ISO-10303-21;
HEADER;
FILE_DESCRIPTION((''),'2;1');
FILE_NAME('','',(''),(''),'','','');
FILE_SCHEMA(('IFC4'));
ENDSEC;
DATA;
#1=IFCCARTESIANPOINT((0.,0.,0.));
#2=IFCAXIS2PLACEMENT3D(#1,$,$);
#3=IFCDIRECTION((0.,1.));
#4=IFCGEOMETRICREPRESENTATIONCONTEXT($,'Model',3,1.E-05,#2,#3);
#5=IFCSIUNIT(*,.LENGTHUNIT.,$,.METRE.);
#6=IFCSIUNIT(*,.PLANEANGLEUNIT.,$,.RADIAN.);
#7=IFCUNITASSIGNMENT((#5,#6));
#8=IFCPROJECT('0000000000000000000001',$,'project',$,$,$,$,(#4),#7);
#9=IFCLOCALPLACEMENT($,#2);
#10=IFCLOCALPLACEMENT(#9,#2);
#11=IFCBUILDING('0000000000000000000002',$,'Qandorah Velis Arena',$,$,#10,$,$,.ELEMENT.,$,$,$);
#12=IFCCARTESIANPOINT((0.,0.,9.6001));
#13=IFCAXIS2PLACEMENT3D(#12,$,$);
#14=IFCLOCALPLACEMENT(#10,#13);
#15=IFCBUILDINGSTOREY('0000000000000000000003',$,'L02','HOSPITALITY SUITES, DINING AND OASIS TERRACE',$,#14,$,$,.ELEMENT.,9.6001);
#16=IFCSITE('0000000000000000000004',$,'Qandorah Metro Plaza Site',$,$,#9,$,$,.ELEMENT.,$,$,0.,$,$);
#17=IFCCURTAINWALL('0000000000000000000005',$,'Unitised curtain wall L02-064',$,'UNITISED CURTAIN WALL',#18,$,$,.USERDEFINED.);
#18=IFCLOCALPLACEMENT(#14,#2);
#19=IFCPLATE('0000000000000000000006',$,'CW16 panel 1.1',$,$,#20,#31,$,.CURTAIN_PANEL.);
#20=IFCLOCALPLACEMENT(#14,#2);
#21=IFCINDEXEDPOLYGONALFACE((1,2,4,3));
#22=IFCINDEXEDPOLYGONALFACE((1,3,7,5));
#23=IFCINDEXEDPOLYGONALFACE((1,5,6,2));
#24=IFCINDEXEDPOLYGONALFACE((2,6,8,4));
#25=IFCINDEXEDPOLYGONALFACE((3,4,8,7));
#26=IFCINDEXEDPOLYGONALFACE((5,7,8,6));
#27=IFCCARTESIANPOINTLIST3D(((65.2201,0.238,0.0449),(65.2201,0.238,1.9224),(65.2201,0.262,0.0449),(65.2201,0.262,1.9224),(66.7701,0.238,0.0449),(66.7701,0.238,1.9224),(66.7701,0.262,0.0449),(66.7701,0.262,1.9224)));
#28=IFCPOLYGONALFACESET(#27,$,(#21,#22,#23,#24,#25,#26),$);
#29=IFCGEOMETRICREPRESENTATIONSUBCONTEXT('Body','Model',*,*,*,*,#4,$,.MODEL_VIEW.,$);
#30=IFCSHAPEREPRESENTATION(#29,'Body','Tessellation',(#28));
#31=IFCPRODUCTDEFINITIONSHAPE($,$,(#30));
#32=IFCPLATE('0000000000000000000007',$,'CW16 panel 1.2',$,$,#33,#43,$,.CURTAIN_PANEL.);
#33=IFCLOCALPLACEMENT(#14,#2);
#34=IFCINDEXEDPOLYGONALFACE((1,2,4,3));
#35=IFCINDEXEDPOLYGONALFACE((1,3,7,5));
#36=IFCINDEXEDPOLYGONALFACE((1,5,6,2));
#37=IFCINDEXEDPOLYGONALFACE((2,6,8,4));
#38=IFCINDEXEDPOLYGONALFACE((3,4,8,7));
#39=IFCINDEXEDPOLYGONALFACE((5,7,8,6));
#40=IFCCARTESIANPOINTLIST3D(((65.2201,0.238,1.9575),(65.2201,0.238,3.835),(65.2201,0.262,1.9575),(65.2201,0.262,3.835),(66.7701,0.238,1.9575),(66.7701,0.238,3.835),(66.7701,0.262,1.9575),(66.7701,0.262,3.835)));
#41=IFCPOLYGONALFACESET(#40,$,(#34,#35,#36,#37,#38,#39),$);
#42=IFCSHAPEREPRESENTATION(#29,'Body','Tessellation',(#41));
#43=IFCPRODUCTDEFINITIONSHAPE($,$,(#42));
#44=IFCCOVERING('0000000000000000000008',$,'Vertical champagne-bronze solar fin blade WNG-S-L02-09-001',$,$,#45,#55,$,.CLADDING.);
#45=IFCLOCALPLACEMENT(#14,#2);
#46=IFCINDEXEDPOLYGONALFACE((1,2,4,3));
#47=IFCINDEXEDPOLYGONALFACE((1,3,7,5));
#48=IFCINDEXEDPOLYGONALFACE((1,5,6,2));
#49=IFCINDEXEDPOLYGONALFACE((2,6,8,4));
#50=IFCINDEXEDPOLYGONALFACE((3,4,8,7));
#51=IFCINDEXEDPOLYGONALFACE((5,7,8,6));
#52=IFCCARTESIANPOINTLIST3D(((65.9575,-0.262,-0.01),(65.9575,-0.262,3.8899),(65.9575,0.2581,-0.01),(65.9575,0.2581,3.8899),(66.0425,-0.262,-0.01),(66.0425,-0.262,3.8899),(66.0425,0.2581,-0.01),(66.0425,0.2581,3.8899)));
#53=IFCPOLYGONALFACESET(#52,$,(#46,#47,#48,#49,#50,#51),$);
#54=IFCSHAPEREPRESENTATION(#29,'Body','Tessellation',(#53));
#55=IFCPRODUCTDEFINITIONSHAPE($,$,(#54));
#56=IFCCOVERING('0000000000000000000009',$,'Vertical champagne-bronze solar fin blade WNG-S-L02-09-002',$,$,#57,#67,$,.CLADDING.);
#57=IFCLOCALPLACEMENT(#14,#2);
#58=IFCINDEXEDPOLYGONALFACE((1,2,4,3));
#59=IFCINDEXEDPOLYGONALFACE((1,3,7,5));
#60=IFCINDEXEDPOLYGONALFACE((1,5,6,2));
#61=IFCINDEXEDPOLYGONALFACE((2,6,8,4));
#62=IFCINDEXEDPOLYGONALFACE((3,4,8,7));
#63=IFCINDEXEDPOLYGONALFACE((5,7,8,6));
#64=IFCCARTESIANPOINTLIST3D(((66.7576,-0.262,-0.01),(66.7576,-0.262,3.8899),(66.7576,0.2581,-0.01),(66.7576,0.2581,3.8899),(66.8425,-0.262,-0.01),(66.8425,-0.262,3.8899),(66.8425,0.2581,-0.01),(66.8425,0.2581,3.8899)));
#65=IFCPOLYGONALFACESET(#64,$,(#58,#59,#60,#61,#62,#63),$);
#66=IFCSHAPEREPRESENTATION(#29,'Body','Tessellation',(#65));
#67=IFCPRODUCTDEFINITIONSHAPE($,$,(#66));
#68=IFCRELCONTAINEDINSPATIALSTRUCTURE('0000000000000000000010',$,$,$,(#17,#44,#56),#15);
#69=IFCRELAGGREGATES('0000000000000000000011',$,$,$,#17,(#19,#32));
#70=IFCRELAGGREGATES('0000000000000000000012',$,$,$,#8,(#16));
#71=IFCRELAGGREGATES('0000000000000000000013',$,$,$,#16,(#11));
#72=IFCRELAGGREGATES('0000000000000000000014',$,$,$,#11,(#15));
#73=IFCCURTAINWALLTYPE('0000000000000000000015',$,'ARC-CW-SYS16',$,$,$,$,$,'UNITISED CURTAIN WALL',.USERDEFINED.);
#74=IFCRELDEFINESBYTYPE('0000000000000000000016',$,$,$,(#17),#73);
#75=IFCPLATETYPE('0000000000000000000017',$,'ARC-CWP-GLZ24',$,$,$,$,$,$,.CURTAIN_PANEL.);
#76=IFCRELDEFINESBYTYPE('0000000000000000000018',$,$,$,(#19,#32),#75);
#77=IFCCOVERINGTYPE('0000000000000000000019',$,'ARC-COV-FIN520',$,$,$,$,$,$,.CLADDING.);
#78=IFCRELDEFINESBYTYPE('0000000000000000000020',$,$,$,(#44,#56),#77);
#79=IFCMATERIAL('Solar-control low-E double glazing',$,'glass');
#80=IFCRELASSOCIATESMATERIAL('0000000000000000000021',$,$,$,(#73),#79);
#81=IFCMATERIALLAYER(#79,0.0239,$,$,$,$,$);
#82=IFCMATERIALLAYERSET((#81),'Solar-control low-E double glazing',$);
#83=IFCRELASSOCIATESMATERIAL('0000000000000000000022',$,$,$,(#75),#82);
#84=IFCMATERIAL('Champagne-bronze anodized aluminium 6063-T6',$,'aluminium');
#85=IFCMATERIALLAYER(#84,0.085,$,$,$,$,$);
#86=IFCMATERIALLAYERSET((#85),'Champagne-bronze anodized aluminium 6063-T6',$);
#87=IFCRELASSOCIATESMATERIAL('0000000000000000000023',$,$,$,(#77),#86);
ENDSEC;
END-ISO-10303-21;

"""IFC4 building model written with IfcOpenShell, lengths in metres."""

from ifc_helpers import new_model, si_unit, direction, frame, origin, origin_2d, place, context, subcontext, project, spatial, rectangle, extrude, material, layer, layer_set, type_object, element, aggregate, save


model = new_model("IFC4")

# Units and contexts
model_context = context("Model", 3, precision=1e-05, world=origin(), true_north=direction((0.0, 1.0)))
body_context = subcontext(model_context, "Body", "Model", "MODEL_VIEW")
ifc_project = project(units=[si_unit("LENGTHUNIT", "METRE"), si_unit("PLANEANGLEUNIT", "RADIAN")], contexts=[model_context])

# Site, building, storey
site_placement = place(None, origin())
site = spatial("IfcSite", under=ifc_project, at=site_placement, Name="Qandorah Metro Plaza Site", CompositionType="ELEMENT", RefElevation=0.0)
building_placement = place(site_placement, origin())
building = spatial("IfcBuilding", under=site, at=building_placement, Name="Qandorah Velis Arena", CompositionType="ELEMENT")
storey_placement = place(building_placement, frame((0.0, 0.0, 9.6001)))
storey = spatial("IfcBuildingStorey", under=building, at=storey_placement, Name="L02", Description="HOSPITALITY SUITES, DINING AND OASIS TERRACE", CompositionType="ELEMENT", Elevation=9.6001)

# Curtain wall
ifc_material_1 = material(Name="Solar-control low-E double glazing", Category="glass")
curtain_wall_type = type_object("IfcCurtainWallType", Name="ARC-CW-SYS16", ElementType="UNITISED CURTAIN WALL", PredefinedType="USERDEFINED", material=ifc_material_1)
curtain_wall_placement = place(storey_placement, origin())
curtain_wall = element("IfcCurtainWall", 1, at=curtain_wall_placement, inside=storey, type_object=curtain_wall_type, Name="Unitised curtain wall L02-064", ObjectType="UNITISED CURTAIN WALL", PredefinedType="USERDEFINED")
ifc_material_2 = material(Name="Champagne-bronze anodized aluminium 6063-T6", Category="aluminium")

# Plates
ifc_layer_1 = layer(ifc_material_1, 0.0239)
ifc_layer_set_1 = layer_set([ifc_layer_1], Name="Solar-control low-E double glazing")
plate_type = type_object("IfcPlateType", Name="ARC-CWP-GLZ24", PredefinedType="CURTAIN_PANEL", material=ifc_layer_set_1)
plate_1_placement = place(storey_placement, frame((65.9951, 0.25, 0.0449), z_axis=(0.0, 0.0, 1.0), x_axis=(1.0, 0.0, 0.0)))
plate_1 = element("IfcPlate", 2, at=plate_1_placement, type_object=plate_type, Name="CW16 panel 1.1", PredefinedType="CURTAIN_PANEL", context=body_context, shape_type="SweptSolid", body=[
    extrude(rectangle(XDim=1.55, YDim=0.0239, at=origin_2d()), origin(), (0.0, 0.0, 1.0), 1.8774),
])
plate_2_placement = place(storey_placement, frame((65.9951, 0.25, 1.9575), z_axis=(0.0, 0.0, 1.0), x_axis=(1.0, 0.0, 0.0)))
plate_2 = element("IfcPlate", 3, at=plate_2_placement, type_object=plate_type, Name="CW16 panel 1.2", PredefinedType="CURTAIN_PANEL", context=body_context, shape_type="SweptSolid", body=[
    extrude(rectangle(XDim=1.55, YDim=0.0239, at=origin_2d()), origin(), (0.0, 0.0, 1.0), 1.8774),
])
aggregate(curtain_wall, [plate_1, plate_2])

# Coverings
ifc_layer_2 = layer(ifc_material_2, 0.085)
ifc_layer_set_2 = layer_set([ifc_layer_2], Name="Champagne-bronze anodized aluminium 6063-T6")
covering_type = type_object("IfcCoveringType", Name="ARC-COV-FIN520", PredefinedType="CLADDING", material=ifc_layer_set_2)
for number, where, z_axis, x_axis, name in (
    (4, (66.0, -0.002, -0.01), (0.0, 0.0, 1.0), (1.0, 0.0, 0.0), "Vertical champagne-bronze solar fin blade WNG-S-L02-09-001"),
    (5, (66.8, -0.002, -0.01), (0.0, 0.0, 1.0), (1.0, 0.0, 0.0), "Vertical champagne-bronze solar fin blade WNG-S-L02-09-002"),
):
    element("IfcCovering", number, at=place(storey_placement, frame(where, z_axis=z_axis, x_axis=x_axis)), inside=storey, type_object=covering_type, Name=name, PredefinedType="CLADDING", context=body_context, shape_type="SweptSolid", body=[
        extrude(rectangle(XDim=0.085, YDim=0.52, at=origin_2d()), origin(), (0.0, 0.0, 1.0), 3.8999),
    ])

save(model, "model.ifc")
